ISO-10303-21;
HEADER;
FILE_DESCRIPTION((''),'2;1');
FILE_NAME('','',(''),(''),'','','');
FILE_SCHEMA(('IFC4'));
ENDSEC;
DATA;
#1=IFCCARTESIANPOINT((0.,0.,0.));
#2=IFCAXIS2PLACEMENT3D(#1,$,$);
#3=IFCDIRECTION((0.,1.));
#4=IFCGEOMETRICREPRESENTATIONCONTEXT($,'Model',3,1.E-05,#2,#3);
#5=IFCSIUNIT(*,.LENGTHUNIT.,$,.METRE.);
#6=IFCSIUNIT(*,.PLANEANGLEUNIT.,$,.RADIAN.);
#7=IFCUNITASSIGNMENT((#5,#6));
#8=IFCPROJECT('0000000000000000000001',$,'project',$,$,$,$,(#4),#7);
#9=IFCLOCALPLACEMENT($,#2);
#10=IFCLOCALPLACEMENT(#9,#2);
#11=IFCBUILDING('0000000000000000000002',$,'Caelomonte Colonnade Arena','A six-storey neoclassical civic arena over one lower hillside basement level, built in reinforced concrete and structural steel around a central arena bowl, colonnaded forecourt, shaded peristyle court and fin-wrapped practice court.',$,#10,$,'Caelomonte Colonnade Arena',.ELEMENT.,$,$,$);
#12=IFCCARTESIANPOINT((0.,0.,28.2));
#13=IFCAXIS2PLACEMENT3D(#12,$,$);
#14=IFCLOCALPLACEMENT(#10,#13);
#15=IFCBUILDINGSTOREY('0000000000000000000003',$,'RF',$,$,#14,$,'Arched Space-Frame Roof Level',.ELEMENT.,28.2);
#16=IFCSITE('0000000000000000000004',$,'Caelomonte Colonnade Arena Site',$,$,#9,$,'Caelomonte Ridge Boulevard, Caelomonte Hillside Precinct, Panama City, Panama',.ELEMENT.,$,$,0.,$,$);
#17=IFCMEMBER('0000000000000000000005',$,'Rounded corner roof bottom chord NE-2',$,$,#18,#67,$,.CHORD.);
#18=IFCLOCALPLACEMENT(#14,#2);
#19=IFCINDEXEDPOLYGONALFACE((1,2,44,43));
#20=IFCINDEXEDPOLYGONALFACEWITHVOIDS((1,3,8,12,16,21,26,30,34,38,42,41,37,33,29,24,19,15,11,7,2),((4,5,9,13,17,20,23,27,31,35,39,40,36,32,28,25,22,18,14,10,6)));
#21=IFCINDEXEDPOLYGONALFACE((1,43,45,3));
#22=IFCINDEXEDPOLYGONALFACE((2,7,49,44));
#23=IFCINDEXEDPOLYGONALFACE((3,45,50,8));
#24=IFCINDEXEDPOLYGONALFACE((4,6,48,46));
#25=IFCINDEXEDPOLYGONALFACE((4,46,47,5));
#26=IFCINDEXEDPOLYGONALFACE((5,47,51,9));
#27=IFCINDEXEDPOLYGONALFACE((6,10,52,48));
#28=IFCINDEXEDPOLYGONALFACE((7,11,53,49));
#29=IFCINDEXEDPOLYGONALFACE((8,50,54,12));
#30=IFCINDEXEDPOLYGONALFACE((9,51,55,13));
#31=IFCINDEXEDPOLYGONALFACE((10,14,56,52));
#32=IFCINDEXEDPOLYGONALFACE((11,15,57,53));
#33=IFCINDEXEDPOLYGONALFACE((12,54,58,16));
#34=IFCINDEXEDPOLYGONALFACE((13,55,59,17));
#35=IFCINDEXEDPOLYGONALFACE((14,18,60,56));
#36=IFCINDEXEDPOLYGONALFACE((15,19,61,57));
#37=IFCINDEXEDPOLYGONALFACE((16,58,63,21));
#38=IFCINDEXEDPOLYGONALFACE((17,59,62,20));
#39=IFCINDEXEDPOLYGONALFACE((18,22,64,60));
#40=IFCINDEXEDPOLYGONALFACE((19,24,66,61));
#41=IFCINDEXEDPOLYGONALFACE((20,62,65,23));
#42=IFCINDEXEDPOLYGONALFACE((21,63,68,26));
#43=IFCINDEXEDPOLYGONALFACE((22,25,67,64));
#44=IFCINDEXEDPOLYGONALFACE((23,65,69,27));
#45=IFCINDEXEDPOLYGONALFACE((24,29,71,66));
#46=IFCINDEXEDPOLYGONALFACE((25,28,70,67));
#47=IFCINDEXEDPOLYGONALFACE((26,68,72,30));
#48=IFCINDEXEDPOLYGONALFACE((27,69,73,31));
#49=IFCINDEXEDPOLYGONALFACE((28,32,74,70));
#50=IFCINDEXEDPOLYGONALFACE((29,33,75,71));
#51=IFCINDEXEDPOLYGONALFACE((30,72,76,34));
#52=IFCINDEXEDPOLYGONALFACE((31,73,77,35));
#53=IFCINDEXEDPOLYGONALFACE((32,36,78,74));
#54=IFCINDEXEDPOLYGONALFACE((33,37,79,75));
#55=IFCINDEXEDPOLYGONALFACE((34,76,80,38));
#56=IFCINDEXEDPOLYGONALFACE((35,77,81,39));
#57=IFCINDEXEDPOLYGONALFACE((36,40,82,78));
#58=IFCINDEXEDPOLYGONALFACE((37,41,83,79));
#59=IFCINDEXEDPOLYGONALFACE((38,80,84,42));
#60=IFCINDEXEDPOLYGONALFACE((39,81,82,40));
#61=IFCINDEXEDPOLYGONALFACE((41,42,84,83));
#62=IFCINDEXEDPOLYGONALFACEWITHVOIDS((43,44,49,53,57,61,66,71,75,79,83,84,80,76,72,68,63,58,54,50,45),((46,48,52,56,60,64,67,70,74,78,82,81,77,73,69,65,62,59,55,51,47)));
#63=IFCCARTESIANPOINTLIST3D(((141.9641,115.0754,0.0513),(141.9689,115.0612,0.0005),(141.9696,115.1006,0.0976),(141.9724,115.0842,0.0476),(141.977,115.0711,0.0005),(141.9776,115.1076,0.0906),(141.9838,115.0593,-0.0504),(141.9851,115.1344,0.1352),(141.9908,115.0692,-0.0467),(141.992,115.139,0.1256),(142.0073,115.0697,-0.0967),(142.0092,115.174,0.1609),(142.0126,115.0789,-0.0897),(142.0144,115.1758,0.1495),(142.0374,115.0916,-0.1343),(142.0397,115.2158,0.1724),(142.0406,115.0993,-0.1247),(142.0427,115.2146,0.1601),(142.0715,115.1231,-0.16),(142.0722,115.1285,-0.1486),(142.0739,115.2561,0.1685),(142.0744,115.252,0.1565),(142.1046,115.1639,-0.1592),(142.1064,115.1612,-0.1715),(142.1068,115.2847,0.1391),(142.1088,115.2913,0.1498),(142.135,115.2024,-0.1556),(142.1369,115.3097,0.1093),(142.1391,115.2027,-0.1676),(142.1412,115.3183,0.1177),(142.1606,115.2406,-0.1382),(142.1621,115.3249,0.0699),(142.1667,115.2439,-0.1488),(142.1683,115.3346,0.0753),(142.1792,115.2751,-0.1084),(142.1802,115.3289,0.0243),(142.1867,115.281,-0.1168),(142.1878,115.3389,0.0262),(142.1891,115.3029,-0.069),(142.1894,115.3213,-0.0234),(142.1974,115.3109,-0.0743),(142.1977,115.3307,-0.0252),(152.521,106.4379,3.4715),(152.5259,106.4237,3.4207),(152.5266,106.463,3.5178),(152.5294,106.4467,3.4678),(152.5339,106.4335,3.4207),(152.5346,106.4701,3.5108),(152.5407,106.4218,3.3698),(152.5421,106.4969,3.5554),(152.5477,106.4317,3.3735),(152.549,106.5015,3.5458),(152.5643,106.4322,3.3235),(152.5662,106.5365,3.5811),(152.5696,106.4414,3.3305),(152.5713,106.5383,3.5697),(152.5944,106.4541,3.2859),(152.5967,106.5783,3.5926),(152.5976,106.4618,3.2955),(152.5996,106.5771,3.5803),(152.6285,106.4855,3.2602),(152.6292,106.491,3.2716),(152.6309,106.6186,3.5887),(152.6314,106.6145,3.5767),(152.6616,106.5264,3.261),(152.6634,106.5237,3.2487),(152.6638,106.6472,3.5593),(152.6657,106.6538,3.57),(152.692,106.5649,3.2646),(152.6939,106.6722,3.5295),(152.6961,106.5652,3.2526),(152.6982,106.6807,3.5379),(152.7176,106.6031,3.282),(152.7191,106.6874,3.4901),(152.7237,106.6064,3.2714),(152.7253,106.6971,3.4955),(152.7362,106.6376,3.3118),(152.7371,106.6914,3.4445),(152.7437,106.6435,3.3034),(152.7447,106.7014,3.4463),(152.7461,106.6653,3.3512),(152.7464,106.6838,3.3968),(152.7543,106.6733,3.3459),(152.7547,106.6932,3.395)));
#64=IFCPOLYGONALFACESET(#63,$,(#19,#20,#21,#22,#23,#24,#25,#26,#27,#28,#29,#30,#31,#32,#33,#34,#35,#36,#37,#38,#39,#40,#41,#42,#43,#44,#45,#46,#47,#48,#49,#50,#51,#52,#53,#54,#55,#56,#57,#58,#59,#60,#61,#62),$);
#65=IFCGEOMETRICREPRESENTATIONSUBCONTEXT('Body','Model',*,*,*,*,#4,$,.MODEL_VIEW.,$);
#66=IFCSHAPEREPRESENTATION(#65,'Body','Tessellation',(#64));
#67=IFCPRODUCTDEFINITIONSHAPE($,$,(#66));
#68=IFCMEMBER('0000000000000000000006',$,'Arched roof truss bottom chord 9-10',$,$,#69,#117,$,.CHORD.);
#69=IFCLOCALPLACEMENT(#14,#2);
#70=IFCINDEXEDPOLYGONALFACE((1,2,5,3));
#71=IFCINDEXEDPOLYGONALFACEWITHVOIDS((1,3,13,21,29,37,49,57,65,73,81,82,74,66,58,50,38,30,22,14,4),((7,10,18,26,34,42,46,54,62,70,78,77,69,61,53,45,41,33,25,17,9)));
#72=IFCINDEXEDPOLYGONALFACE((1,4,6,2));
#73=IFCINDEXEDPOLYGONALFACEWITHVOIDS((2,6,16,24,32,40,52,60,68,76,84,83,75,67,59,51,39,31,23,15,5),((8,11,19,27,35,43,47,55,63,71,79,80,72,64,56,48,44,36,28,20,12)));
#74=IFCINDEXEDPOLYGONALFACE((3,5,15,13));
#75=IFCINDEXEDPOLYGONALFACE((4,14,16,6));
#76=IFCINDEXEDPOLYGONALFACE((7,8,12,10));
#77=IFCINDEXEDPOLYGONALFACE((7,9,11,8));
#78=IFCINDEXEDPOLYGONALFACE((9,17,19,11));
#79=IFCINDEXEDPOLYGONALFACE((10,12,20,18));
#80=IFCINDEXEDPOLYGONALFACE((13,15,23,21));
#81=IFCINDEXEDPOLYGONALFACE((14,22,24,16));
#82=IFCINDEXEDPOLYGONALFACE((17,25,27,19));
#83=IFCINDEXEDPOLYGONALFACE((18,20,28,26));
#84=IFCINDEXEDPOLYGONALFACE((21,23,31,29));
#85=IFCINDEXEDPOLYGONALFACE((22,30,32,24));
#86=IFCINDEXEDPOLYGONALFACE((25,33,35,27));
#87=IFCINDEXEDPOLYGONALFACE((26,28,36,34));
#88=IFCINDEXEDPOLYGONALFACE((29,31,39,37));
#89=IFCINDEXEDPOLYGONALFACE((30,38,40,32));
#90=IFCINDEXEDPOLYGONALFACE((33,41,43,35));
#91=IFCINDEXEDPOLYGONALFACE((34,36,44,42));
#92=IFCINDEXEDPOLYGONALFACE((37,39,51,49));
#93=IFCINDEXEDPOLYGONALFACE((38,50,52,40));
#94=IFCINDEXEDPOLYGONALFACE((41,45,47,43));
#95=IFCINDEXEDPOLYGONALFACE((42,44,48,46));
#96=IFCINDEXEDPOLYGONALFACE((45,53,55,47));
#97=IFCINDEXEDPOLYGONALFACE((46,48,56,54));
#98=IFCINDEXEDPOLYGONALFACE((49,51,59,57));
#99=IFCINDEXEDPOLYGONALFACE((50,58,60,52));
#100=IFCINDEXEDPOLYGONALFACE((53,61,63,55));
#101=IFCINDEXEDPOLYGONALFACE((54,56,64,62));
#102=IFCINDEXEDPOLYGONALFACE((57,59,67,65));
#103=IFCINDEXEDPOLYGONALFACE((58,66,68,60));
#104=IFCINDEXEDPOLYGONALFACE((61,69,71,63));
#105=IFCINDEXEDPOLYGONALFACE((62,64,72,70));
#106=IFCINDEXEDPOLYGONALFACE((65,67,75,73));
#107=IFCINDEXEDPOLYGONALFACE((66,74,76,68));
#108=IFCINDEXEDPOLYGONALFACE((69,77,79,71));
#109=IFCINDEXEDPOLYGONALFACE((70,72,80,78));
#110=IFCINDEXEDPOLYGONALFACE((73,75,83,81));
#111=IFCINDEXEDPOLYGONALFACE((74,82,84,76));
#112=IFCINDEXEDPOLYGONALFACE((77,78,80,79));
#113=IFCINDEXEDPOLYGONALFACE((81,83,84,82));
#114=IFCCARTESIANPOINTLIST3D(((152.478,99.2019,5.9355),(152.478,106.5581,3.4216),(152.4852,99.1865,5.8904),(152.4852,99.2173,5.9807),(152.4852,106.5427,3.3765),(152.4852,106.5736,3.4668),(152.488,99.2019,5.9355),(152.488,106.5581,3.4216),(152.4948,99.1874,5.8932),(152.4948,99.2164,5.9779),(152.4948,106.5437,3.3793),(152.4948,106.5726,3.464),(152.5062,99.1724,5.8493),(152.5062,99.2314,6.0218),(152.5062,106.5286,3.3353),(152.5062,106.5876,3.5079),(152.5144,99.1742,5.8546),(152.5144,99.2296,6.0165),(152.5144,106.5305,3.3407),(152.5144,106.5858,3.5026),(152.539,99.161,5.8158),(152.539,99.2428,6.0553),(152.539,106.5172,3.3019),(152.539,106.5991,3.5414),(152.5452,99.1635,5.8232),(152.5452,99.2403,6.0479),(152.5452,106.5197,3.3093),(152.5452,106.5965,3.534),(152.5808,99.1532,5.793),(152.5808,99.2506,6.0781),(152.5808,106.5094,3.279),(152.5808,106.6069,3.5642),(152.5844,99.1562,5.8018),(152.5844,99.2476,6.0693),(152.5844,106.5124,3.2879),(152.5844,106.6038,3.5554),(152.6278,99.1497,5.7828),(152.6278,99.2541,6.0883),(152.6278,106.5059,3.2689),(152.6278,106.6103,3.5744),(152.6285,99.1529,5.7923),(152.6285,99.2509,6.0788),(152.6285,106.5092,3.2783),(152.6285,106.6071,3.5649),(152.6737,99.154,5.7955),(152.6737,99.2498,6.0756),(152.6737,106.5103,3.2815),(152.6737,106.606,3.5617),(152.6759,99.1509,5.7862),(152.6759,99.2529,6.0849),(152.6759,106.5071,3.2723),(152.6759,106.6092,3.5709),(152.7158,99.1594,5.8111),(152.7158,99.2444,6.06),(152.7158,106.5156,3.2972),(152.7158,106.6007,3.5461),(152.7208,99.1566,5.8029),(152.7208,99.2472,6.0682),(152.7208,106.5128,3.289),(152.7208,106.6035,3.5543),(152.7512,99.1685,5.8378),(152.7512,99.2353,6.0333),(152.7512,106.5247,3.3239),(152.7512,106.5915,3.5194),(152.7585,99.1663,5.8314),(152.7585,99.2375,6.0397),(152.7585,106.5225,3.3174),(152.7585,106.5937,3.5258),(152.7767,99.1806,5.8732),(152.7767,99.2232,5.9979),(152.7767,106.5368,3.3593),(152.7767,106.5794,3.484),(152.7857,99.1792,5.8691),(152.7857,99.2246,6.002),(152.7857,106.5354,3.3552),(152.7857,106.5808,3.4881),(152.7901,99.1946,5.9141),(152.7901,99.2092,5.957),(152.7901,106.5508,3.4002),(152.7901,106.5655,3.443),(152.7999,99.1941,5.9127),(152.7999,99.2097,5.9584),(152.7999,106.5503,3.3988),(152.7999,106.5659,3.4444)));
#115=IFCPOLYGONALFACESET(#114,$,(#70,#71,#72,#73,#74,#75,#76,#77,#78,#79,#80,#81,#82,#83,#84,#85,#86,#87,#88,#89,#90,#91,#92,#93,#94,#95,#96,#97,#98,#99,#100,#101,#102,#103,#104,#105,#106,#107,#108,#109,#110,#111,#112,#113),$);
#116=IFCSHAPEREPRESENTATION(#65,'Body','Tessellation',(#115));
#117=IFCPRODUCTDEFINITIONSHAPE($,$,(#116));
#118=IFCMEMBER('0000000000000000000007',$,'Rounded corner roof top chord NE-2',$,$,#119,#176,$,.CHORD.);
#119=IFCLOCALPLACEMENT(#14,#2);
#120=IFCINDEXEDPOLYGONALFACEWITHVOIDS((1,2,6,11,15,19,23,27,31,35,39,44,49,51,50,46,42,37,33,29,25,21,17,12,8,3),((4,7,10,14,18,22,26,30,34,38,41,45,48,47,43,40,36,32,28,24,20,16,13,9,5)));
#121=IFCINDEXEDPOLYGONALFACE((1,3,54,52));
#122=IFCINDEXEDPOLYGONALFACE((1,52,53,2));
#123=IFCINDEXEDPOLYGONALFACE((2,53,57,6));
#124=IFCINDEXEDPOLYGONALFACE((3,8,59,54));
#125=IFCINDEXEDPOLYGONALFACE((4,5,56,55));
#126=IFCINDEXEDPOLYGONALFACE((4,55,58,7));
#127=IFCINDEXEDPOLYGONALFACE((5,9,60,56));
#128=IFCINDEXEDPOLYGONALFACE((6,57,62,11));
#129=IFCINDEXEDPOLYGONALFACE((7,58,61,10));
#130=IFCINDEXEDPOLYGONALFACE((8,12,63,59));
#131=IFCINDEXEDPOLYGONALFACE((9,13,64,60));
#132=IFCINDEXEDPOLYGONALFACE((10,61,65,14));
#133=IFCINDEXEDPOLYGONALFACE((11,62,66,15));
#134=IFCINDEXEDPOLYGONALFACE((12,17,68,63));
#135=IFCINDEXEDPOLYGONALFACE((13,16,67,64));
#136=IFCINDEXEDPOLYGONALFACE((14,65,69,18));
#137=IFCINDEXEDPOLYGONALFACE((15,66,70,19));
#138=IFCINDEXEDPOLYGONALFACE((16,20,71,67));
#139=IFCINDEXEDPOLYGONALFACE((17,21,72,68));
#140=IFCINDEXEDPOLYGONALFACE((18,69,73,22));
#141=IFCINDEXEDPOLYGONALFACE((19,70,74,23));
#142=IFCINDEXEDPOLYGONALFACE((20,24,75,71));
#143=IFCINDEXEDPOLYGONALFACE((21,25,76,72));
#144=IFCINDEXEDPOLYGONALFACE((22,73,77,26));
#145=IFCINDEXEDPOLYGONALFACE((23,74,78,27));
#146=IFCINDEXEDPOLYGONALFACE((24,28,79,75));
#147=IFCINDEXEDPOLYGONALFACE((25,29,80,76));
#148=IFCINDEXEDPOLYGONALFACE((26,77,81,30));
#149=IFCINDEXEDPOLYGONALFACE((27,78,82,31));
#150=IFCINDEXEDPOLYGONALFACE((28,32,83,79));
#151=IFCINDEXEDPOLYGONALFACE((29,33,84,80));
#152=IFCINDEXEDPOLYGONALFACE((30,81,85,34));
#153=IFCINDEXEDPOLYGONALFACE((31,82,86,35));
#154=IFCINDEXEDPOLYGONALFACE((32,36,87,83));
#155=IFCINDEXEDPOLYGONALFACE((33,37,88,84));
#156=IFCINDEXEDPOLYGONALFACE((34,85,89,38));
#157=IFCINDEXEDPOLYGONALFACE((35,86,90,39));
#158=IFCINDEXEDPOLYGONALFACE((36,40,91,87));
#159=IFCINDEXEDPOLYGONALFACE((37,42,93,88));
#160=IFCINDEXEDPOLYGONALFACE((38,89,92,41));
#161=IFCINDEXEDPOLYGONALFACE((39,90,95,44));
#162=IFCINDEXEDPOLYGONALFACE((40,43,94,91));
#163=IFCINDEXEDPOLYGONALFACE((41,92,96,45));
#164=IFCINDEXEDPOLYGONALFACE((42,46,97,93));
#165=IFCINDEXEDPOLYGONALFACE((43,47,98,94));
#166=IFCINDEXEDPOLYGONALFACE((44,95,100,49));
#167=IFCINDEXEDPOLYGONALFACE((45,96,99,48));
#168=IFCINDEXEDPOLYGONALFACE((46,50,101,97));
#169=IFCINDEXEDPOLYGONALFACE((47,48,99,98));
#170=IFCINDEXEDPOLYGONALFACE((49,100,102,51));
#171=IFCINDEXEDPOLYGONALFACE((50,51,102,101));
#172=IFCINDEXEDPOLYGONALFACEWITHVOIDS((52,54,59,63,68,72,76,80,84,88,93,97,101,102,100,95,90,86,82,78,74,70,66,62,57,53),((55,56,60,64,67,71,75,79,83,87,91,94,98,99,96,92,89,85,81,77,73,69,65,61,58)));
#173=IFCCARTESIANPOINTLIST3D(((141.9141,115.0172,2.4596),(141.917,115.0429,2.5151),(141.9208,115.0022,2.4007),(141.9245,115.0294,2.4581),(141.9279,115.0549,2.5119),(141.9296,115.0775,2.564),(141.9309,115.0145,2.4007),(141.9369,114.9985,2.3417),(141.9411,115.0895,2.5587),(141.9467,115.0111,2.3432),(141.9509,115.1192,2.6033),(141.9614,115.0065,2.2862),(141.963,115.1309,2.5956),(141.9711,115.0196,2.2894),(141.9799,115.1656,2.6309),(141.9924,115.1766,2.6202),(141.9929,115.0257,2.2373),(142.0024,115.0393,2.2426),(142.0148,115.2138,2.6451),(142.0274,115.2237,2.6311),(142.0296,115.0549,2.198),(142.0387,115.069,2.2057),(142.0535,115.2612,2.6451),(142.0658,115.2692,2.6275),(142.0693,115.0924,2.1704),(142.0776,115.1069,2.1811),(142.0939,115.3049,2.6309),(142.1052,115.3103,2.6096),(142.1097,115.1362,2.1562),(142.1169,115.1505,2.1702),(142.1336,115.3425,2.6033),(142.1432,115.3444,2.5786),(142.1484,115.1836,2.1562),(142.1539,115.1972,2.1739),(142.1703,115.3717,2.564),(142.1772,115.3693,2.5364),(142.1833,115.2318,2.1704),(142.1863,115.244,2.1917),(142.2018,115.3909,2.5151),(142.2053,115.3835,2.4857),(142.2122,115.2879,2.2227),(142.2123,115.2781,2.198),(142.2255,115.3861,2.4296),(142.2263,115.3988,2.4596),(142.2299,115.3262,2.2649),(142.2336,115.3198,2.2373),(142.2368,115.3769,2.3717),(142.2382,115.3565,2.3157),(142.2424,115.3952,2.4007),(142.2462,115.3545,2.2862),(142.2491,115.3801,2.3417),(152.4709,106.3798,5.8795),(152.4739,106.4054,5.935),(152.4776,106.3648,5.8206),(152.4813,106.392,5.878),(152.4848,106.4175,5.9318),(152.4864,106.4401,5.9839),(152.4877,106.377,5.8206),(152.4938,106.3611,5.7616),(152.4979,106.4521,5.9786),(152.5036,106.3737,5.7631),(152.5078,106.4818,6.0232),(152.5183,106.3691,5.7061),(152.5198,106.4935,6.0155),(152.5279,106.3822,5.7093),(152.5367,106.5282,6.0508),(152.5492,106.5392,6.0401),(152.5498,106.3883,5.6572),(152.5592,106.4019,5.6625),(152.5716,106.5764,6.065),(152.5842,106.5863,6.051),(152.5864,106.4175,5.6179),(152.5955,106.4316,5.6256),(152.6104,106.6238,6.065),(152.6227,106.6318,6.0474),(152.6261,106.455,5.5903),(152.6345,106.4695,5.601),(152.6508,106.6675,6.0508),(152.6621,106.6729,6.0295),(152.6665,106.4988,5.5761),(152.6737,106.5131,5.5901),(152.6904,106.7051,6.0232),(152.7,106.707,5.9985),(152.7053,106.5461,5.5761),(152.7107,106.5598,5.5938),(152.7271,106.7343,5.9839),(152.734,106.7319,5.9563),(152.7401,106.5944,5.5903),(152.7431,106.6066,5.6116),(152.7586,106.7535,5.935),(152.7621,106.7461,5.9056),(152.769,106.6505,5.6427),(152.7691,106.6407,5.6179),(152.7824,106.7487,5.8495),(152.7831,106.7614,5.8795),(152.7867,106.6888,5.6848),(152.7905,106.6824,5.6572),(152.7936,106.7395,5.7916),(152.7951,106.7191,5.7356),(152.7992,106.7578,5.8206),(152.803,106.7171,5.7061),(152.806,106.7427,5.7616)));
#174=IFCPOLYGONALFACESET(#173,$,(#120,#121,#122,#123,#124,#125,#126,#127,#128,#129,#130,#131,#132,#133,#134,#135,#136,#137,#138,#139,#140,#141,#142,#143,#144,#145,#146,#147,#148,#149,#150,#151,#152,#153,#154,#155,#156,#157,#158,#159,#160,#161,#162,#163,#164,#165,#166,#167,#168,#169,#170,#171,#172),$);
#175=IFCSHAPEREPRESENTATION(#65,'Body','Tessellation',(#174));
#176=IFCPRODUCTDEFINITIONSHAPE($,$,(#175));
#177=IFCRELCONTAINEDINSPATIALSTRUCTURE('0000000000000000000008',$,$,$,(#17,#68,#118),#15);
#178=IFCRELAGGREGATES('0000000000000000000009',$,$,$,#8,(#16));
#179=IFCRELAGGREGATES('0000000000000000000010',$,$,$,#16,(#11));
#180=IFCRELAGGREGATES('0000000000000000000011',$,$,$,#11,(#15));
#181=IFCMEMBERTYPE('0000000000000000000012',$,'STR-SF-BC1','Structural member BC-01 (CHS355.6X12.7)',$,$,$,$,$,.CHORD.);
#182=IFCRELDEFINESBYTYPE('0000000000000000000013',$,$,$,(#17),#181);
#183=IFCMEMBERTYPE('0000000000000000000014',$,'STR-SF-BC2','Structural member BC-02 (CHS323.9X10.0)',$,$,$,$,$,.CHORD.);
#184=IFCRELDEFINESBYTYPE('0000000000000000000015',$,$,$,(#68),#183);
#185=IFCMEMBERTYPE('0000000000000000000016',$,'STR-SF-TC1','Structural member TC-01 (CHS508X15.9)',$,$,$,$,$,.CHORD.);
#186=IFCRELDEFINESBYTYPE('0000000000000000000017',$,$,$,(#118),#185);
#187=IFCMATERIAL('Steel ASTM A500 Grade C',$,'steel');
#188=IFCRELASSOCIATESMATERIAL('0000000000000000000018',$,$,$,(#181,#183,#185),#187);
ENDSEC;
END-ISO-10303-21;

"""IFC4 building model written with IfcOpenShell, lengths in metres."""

from ifc_helpers import new_model, si_unit, direction, frame, origin, origin_2d, place, context, subcontext, project, spatial, hollow_circle, extrude, material, material_profile, profile_set, type_object, element, save


model = new_model("IFC4")

# Units and contexts
model_context = context("Model", 3, precision=1e-05, world=origin(), true_north=direction((0.0, 1.0)))
body_context = subcontext(model_context, "Body", "Model", "MODEL_VIEW")
ifc_project = project(units=[si_unit("LENGTHUNIT", "METRE"), si_unit("PLANEANGLEUNIT", "RADIAN")], contexts=[model_context])

# Site, building, storey
site_placement = place(None, origin())
site = spatial("IfcSite", under=ifc_project, at=site_placement, Name="Caelomonte Colonnade Arena Site", LongName="Caelomonte Ridge Boulevard, Caelomonte Hillside Precinct, Panama City, Panama", CompositionType="ELEMENT", RefElevation=0.0)
building_placement = place(site_placement, origin())
building = spatial("IfcBuilding", under=site, at=building_placement, Name="Caelomonte Colonnade Arena", Description="A six-storey neoclassical civic arena over one lower hillside basement level, built in reinforced concrete and structural steel around a central arena bowl, colonnaded forecourt, shaded peristyle court and fin-wrapped practice court.", LongName="Caelomonte Colonnade Arena", CompositionType="ELEMENT")
storey_placement = place(building_placement, frame((0.0, 0.0, 28.2)))
storey = spatial("IfcBuildingStorey", under=building, at=storey_placement, Name="RF", LongName="Arched Space-Frame Roof Level", CompositionType="ELEMENT", Elevation=28.2)

# Members
ifc_material_1 = material(Name="Steel ASTM A500 Grade C", Category="steel")
ifc_material_profile_1 = material_profile(ifc_material_1, hollow_circle(Radius=0.1777, WallThickness=0.0127, at=origin_2d()), Name="CHS355.6X12.7")
ifc_profile_set_1 = profile_set([ifc_material_profile_1], Name="Steel ASTM A500 Grade C")
member_type_1 = type_object("IfcMemberType", Name="STR-SF-BC1", Description="Structural member BC-01 (CHS355.6X12.7)", PredefinedType="CHORD", material=ifc_profile_set_1)
member_1_placement = place(storey_placement, frame((152.6384, 106.5613, 3.4207), z_axis=(-0.750717, 0.614223, -0.243214), x_axis=(-0.633238, -0.773957, 0.0)))
element("IfcMember", 1, at=member_1_placement, inside=storey, type_object=member_type_1, Name="Rounded corner roof bottom chord NE-2", PredefinedType="CHORD", context=body_context, shape_type="SweptSolid", body=[
    extrude(hollow_circle(Radius=0.1777, WallThickness=0.0127, at=origin_2d()), origin(), (0.0, 0.0, 1.0), 14.0625),
])
ifc_material_profile_2 = material_profile(ifc_material_1, hollow_circle(Radius=0.1619, WallThickness=0.01, at=origin_2d()), Name="CHS323.9X10.0")
ifc_profile_set_2 = profile_set([ifc_material_profile_2], Name="Steel ASTM A500 Grade C")
member_type_2 = type_object("IfcMemberType", Name="STR-SF-BC2", Description="Structural member BC-02 (CHS323.9X10.0)", PredefinedType="CHORD", material=ifc_profile_set_2)
member_2_placement = place(storey_placement, frame((152.6399, 99.2019, 5.9355), z_axis=(0.0, 0.946269, -0.323379), x_axis=(-1.0, 0.0, 0.0)))
element("IfcMember", 2, at=member_2_placement, inside=storey, type_object=member_type_2, Name="Arched roof truss bottom chord 9-10", PredefinedType="CHORD", context=body_context, shape_type="SweptSolid", body=[
    extrude(hollow_circle(Radius=0.1619, WallThickness=0.01, at=origin_2d()), origin(), (0.0, 0.0, 1.0), 7.7739),
])
ifc_material_profile_3 = material_profile(ifc_material_1, hollow_circle(Radius=0.2539, WallThickness=0.0159, at=origin_2d()), Name="CHS508X15.9")
ifc_profile_set_3 = profile_set([ifc_material_profile_3], Name="Steel ASTM A500 Grade C")
member_type_3 = type_object("IfcMemberType", Name="STR-SF-TC1", Description="Structural member TC-01 (CHS508X15.9)", PredefinedType="CHORD", material=ifc_profile_set_3)
member_3_placement = place(storey_placement, frame((152.6384, 106.5613, 5.8206), z_axis=(-0.750721, 0.614226, -0.243197), x_axis=(-0.633238, -0.773957, 0.0)))
element("IfcMember", 3, at=member_3_placement, inside=storey, type_object=member_type_3, Name="Rounded corner roof top chord NE-2", PredefinedType="CHORD", context=body_context, shape_type="SweptSolid", body=[
    extrude(hollow_circle(Radius=0.2539, WallThickness=0.0159, at=origin_2d()), origin(), (0.0, 0.0, 1.0), 14.0623),
])

save(model, "model.ifc")
